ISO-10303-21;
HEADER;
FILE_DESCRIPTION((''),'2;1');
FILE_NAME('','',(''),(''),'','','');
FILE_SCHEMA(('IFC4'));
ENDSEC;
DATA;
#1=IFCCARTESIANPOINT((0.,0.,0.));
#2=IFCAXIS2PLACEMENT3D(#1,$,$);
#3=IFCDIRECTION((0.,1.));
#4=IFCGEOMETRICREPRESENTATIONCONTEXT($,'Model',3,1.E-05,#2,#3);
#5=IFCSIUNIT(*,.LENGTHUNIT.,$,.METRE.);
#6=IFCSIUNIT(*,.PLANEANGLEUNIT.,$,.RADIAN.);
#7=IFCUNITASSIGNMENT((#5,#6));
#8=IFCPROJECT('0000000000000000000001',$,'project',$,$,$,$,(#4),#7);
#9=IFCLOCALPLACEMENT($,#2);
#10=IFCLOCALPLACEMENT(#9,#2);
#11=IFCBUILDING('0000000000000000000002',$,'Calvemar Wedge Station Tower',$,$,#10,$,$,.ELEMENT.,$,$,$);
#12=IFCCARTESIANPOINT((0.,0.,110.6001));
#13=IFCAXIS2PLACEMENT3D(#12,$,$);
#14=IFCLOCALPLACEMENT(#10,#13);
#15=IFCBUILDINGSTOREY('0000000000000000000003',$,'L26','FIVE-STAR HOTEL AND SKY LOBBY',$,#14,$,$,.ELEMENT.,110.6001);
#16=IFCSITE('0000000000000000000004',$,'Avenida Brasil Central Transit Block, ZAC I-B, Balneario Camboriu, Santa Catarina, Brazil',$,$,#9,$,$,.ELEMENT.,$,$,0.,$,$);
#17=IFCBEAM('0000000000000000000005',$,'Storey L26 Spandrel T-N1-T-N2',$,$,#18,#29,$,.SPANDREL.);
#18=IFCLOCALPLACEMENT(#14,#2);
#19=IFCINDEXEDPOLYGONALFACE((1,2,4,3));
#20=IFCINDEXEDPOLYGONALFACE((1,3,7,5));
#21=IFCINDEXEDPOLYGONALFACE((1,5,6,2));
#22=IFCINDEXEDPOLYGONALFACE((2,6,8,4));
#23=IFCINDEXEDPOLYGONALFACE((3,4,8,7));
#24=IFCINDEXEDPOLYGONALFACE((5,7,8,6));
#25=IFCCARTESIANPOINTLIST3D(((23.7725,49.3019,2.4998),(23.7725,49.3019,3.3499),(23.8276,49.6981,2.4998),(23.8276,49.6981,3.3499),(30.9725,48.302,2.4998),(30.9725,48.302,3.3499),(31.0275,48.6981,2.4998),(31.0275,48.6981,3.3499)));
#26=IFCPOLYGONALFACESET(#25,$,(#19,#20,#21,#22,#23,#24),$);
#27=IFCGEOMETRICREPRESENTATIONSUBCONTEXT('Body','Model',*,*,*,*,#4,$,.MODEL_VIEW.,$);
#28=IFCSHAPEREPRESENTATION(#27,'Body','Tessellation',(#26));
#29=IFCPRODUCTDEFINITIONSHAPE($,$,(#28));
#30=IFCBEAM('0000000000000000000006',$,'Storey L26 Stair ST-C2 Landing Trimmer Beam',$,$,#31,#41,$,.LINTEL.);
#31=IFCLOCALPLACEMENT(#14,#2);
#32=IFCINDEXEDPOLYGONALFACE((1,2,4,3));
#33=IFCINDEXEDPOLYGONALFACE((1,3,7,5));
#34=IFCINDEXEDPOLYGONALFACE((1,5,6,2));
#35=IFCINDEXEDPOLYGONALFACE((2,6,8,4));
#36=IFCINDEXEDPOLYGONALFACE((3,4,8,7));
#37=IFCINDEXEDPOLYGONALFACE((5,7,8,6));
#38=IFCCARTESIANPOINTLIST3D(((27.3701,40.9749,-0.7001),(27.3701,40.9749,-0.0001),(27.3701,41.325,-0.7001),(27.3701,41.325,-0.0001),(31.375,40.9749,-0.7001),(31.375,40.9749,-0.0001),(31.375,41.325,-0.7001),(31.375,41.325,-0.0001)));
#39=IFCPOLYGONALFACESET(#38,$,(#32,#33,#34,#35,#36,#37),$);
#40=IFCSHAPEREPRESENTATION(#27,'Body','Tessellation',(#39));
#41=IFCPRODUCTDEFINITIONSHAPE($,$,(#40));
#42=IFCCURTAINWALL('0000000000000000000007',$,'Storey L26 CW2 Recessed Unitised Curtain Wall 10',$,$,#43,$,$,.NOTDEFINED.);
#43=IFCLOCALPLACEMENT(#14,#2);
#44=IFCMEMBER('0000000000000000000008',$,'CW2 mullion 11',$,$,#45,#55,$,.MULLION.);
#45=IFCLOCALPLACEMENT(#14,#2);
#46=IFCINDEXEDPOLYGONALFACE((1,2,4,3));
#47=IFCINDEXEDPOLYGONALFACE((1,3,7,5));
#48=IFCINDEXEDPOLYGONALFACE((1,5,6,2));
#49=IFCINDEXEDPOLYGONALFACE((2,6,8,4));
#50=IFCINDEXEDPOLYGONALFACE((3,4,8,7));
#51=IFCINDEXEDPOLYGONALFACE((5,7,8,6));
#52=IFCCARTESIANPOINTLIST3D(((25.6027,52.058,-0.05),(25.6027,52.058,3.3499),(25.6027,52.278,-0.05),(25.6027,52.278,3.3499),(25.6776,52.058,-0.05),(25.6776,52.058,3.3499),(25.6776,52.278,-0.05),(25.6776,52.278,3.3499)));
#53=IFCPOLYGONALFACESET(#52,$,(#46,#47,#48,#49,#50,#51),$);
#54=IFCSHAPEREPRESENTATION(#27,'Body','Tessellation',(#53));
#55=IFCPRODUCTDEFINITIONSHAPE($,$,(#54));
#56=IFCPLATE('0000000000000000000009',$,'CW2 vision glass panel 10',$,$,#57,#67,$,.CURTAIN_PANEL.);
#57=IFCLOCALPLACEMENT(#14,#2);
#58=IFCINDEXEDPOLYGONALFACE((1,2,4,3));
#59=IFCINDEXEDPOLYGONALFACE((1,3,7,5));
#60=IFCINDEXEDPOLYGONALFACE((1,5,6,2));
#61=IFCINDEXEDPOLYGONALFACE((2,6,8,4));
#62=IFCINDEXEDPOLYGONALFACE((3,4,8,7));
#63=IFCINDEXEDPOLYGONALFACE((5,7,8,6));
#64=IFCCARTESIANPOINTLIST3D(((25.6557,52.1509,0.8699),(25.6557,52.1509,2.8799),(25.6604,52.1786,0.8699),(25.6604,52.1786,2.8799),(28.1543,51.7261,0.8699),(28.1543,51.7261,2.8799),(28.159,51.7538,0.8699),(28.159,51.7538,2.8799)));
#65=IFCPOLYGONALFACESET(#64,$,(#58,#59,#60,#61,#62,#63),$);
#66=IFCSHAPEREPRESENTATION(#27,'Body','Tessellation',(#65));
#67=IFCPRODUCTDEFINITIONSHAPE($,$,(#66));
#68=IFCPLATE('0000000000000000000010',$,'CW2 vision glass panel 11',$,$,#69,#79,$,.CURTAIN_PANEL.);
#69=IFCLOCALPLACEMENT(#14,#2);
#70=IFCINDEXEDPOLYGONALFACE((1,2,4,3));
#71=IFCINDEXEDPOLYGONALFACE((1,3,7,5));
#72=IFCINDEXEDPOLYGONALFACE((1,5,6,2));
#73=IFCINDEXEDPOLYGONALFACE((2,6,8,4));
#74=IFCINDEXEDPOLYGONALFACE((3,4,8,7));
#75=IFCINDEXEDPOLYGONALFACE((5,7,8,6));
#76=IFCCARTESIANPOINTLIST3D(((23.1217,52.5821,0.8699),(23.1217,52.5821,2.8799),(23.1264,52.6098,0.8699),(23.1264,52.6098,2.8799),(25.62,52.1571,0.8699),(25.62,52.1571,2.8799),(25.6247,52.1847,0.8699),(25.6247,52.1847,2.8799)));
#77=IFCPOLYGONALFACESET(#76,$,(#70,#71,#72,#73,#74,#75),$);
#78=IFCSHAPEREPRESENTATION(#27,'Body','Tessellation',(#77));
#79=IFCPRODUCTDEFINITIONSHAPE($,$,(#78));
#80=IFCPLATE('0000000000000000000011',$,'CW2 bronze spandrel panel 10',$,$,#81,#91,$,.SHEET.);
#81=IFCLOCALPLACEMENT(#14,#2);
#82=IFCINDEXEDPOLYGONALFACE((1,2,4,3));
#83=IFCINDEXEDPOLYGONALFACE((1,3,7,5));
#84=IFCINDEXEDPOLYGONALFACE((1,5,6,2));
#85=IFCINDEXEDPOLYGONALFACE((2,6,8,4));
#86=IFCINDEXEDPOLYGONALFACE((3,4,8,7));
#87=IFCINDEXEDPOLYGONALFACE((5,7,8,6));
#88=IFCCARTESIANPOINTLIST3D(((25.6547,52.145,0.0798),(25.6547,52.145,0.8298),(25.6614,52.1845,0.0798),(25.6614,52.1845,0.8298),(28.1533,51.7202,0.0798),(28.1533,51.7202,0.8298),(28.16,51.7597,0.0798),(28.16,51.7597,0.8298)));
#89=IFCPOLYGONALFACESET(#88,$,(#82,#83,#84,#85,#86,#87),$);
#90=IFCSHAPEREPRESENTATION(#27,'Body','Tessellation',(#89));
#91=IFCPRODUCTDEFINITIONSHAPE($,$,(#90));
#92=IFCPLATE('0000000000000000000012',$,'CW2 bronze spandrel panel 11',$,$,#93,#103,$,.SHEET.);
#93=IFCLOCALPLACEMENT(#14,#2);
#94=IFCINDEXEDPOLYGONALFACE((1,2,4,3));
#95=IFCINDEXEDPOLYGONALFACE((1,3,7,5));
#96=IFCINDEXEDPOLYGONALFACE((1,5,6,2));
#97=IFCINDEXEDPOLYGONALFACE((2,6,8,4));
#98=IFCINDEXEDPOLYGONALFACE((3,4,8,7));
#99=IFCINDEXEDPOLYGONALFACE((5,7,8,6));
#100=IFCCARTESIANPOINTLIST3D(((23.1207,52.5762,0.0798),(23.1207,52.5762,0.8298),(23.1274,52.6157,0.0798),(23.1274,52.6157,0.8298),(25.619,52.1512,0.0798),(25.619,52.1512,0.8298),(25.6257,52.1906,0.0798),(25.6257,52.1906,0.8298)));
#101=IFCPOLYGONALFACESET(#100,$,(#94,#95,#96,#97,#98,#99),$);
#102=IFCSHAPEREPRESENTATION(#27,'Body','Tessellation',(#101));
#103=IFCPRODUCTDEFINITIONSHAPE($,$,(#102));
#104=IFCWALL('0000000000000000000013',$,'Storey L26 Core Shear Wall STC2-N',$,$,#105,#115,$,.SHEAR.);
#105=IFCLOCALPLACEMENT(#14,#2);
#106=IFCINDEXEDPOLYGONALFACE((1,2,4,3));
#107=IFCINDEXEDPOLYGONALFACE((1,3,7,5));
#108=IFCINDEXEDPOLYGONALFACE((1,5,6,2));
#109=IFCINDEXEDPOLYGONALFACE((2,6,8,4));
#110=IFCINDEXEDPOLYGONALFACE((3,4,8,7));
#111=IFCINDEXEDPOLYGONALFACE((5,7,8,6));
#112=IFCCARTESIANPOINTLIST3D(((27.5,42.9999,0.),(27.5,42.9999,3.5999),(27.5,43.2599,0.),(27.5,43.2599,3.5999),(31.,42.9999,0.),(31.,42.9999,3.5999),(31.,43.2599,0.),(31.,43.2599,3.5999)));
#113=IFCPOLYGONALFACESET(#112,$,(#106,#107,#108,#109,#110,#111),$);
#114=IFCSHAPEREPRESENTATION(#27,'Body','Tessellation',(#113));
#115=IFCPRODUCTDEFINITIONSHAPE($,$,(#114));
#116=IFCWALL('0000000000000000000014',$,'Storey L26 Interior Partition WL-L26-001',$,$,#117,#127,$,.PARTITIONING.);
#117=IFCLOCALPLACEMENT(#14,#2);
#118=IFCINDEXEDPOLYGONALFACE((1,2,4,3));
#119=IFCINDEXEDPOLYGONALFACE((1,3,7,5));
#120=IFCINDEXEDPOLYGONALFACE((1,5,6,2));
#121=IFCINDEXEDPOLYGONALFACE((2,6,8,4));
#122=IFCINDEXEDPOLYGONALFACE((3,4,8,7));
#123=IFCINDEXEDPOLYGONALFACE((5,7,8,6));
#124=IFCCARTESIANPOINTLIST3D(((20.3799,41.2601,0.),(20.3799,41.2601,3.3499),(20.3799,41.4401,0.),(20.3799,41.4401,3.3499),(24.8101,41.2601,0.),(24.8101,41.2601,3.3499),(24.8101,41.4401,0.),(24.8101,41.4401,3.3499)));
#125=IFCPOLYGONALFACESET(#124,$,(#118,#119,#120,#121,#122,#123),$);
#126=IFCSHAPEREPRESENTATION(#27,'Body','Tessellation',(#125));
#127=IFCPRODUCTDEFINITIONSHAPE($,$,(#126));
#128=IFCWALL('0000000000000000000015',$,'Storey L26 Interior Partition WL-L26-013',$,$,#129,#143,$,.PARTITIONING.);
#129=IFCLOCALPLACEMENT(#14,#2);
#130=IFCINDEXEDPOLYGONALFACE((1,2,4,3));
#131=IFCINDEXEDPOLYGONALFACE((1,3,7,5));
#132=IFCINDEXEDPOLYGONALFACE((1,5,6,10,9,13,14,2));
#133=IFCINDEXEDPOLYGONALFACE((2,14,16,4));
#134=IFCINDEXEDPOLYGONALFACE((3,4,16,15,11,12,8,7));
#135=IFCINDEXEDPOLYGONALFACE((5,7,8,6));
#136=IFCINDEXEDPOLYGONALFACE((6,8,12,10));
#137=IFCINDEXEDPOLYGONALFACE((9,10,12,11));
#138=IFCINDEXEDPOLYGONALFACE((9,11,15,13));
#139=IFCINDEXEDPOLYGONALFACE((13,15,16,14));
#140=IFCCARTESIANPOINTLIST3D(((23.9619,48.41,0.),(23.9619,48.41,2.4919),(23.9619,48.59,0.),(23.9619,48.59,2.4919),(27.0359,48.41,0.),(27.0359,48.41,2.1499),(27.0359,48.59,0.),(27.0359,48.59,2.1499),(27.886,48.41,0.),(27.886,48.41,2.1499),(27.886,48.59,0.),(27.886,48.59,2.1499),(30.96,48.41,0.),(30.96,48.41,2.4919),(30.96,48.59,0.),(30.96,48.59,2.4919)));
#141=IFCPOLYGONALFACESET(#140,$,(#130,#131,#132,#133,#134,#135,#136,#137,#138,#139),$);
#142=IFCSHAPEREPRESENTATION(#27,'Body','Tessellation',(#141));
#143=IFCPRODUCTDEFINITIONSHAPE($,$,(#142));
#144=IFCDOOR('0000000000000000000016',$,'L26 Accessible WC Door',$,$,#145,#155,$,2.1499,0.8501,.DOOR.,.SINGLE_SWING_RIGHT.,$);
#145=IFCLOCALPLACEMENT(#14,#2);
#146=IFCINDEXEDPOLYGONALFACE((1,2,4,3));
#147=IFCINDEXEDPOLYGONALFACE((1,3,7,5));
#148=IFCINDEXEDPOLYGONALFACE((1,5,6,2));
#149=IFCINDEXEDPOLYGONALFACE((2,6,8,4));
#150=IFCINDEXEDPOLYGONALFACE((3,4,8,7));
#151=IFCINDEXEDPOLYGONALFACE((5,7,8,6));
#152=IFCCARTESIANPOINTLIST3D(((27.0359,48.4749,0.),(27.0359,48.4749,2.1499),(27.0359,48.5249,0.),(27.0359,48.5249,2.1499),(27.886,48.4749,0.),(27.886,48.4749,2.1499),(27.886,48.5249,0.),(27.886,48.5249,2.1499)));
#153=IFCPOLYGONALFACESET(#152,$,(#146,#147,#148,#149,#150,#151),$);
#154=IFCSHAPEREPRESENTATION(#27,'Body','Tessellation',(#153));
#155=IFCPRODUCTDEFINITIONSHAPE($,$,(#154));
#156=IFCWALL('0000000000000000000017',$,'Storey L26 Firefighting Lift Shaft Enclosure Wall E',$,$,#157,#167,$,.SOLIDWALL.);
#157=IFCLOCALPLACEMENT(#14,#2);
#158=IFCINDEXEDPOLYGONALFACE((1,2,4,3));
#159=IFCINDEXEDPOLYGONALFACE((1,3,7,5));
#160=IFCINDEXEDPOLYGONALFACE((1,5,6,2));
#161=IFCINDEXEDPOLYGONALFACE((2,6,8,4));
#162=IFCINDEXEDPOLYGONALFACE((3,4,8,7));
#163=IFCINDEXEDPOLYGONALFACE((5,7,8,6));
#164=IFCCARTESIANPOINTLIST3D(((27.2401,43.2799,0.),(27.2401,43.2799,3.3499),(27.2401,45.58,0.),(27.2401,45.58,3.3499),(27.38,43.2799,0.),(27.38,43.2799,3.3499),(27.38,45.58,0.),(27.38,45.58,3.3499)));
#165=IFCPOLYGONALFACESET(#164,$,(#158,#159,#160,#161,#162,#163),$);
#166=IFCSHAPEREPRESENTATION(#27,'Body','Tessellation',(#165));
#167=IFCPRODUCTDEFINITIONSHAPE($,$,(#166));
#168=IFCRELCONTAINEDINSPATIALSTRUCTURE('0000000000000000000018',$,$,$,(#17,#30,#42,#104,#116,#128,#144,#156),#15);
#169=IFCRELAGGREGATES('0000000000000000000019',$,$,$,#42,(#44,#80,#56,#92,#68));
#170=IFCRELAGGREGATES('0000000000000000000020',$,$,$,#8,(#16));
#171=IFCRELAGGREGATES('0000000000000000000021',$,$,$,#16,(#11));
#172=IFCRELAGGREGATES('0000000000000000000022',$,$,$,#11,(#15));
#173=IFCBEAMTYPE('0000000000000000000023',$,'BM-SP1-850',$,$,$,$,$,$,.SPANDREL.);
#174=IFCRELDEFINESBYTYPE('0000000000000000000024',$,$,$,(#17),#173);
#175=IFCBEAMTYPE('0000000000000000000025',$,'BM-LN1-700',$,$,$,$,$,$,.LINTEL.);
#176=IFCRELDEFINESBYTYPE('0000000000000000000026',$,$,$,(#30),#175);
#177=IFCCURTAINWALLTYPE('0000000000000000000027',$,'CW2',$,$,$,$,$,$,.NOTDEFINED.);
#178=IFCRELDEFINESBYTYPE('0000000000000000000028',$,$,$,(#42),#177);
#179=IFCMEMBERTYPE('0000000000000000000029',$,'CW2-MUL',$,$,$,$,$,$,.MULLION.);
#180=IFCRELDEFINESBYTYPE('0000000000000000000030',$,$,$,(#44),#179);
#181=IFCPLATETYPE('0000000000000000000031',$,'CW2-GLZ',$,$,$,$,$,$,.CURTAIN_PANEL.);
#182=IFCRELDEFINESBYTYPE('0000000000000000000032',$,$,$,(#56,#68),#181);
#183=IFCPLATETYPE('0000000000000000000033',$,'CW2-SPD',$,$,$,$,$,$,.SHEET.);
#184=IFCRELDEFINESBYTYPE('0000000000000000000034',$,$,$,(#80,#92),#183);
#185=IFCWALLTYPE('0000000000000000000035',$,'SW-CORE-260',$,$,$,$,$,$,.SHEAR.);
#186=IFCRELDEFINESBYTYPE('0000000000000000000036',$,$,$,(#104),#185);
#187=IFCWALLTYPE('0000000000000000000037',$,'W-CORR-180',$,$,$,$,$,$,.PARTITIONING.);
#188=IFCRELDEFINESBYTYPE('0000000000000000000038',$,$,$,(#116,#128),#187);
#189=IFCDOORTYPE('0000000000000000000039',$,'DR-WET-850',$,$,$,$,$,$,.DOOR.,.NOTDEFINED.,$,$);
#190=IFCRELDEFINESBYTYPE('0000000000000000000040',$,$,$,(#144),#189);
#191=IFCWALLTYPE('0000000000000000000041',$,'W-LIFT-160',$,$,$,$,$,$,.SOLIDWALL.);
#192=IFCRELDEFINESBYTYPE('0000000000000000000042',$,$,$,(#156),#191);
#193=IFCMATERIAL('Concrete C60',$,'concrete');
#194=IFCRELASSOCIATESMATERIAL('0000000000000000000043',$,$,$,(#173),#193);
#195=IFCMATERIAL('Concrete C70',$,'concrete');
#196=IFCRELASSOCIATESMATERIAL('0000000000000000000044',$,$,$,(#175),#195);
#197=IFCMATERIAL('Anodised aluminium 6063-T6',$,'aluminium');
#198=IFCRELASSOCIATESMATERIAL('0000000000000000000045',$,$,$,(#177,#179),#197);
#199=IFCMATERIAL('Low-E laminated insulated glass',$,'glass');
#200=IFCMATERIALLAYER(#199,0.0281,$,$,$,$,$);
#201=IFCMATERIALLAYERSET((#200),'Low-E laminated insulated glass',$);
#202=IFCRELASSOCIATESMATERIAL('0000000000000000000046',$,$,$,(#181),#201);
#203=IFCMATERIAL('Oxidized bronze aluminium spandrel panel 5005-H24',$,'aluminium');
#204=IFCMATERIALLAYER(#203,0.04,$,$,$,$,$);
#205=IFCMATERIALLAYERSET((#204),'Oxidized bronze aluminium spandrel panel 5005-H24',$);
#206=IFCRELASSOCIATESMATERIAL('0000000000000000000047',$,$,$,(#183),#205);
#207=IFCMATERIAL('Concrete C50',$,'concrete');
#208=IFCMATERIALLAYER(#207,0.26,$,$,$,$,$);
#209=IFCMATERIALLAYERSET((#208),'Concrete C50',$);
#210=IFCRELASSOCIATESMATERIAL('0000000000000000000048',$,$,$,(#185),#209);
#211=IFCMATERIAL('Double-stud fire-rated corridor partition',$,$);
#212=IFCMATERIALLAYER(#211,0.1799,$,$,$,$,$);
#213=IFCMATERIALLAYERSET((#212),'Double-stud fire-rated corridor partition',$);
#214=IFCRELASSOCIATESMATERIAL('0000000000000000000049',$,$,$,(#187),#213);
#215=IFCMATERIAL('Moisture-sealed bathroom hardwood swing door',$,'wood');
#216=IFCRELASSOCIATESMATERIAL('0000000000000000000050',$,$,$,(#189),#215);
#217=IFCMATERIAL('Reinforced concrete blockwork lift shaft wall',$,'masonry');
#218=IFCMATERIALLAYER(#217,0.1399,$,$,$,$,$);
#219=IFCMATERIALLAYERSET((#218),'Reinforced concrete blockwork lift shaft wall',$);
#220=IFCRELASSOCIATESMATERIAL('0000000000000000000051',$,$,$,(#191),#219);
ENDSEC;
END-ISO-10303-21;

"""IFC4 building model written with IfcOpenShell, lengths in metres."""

from ifc_helpers import new_model, si_unit, direction, frame, frame_2d, origin, origin_2d, place, context, subcontext, project, spatial, rectangle, extrude, source, transform, mapped, material, layer, layer_set, material_profile, profile_set, type_object, element, fill, aggregate, save


model = new_model("IFC4")

# Units and contexts
model_context = context("Model", 3, precision=1e-05, world=origin(), true_north=direction((0.0, 1.0)))
body_context = subcontext(model_context, "Body", "Model", "MODEL_VIEW")
ifc_project = project(units=[si_unit("LENGTHUNIT", "METRE"), si_unit("PLANEANGLEUNIT", "RADIAN")], contexts=[model_context])

# Site, building, storey
site_placement = place(None, origin())
site = spatial("IfcSite", under=ifc_project, at=site_placement, Name="Avenida Brasil Central Transit Block, ZAC I-B, Balneario Camboriu, Santa Catarina, Brazil", CompositionType="ELEMENT", RefElevation=0.0)
building_placement = place(site_placement, origin())
building = spatial("IfcBuilding", under=site, at=building_placement, Name="Calvemar Wedge Station Tower", CompositionType="ELEMENT")
storey_placement = place(building_placement, frame((0.0, 0.0, 110.6001)))
storey = spatial("IfcBuildingStorey", under=building, at=storey_placement, Name="L26", Description="FIVE-STAR HOTEL AND SKY LOBBY", CompositionType="ELEMENT", Elevation=110.6001)

# Beams
ifc_material_1 = material(Name="Concrete C60", Category="concrete")
ifc_material_profile_1 = material_profile(ifc_material_1, rectangle(XDim=0.3999, YDim=0.8501, at=origin_2d()), Name="RC400x850")
ifc_profile_set_1 = profile_set([ifc_material_profile_1], Name="Concrete C60")
beam_type_1 = type_object("IfcBeamType", Name="BM-SP1-850", PredefinedType="SPANDREL", material=ifc_profile_set_1)
shared_shape_1 = source(origin(), body_context, "Body", "SweptSolid", [
    extrude(rectangle(XDim=0.3999, YDim=0.8501, at=origin_2d()), origin(), (0.0, 0.0, 1.0), 7.269),
])
beam_1_placement = place(storey_placement, frame((23.8, 49.5, 2.9248), z_axis=(0.990492, -0.137569, 0.0), x_axis=(0.137569, 0.990492, 0.0)))
element("IfcBeam", 1, at=beam_1_placement, inside=storey, type_object=beam_type_1, Name="Storey L26 Spandrel T-N1-T-N2", PredefinedType="SPANDREL", context=body_context, shape_type="MappedRepresentation", body=[
    mapped(shared_shape_1, transform((0.0, 0.0, 0.0), scale=1.0)),
])
ifc_material_2 = material(Name="Concrete C70", Category="concrete")
ifc_material_profile_2 = material_profile(ifc_material_2, rectangle(XDim=0.3501, YDim=0.7, at=origin_2d()), Name="RC350x700")
ifc_profile_set_2 = profile_set([ifc_material_profile_2], Name="Concrete C70")
beam_type_2 = type_object("IfcBeamType", Name="BM-LN1-700", PredefinedType="LINTEL", material=ifc_profile_set_2)
shared_shape_2 = source(origin(), body_context, "Body", "SweptSolid", [
    extrude(rectangle(XDim=0.3501, YDim=0.7, at=origin_2d()), origin(), (0.0, 0.0, 1.0), 4.0049),
])
beam_2_placement = place(storey_placement, frame((27.3701, 41.1499, -0.3501), z_axis=(1.0, 0.0, 0.0), x_axis=(0.0, 1.0, 0.0)))
element("IfcBeam", 2, at=beam_2_placement, inside=storey, type_object=beam_type_2, Name="Storey L26 Stair ST-C2 Landing Trimmer Beam", PredefinedType="LINTEL", context=body_context, shape_type="MappedRepresentation", body=[
    mapped(shared_shape_2, transform((0.0, 0.0, 0.0), scale=1.0)),
])

# Curtain wall, member, plates
ifc_material_3 = material(Name="Anodised aluminium 6063-T6", Category="aluminium")
curtain_wall_type = type_object("IfcCurtainWallType", Name="CW2", PredefinedType="NOTDEFINED", material=ifc_material_3)
curtain_wall_placement = place(storey_placement, origin())
curtain_wall = element("IfcCurtainWall", 3, at=curtain_wall_placement, inside=storey, type_object=curtain_wall_type, Name="Storey L26 CW2 Recessed Unitised Curtain Wall 10", PredefinedType="NOTDEFINED")
ifc_material_profile_3 = material_profile(ifc_material_3, rectangle(XDim=0.075, YDim=0.22, at=origin_2d()), Name="AL-MUL-75x220")
ifc_profile_set_3 = profile_set([ifc_material_profile_3], Name="Anodised aluminium 6063-T6")
member_type = type_object("IfcMemberType", Name="CW2-MUL", PredefinedType="MULLION", material=ifc_profile_set_3)
shared_shape_3 = source(origin(), body_context, "Body", "SweptSolid", [
    extrude(rectangle(XDim=0.075, YDim=0.22, at=origin_2d()), origin(), (0.0, 0.0, 1.0), 3.3999),
])
member_placement = place(storey_placement, frame((25.6401, 52.168, -0.05), z_axis=(0.0, 0.0, 1.0), x_axis=(1.0, 0.0, 0.0)))
member = element("IfcMember", 4, at=member_placement, type_object=member_type, Name="CW2 mullion 11", PredefinedType="MULLION", context=body_context, shape_type="MappedRepresentation", body=[
    mapped(shared_shape_3, transform((0.0, 0.0, 0.0), scale=1.0)),
])
ifc_material_4 = material(Name="Low-E laminated insulated glass", Category="glass")
ifc_layer_1 = layer(ifc_material_4, 0.0281)
ifc_layer_set_1 = layer_set([ifc_layer_1], Name="Low-E laminated insulated glass")
plate_type_1 = type_object("IfcPlateType", Name="CW2-GLZ", PredefinedType="CURTAIN_PANEL", material=ifc_layer_set_1)
plate_1_placement = place(storey_placement, frame((28.1565, 51.74, 0.8699), z_axis=(0.0, 0.0, 1.0), x_axis=(-0.985852, 0.167616, 0.0)))
plate_1 = element("IfcPlate", 5, at=plate_1_placement, type_object=plate_type_1, Name="CW2 vision glass panel 10", PredefinedType="CURTAIN_PANEL", context=body_context, shape_type="SweptSolid", body=[
    extrude(rectangle(XDim=2.5344, YDim=0.0281, at=frame_2d((1.2671, 0.0))), origin(), (0.0, 0.0, 1.0), 2.01),
])
plate_2_placement = place(storey_placement, frame((25.6223, 52.1709, 0.8699), z_axis=(0.0, 0.0, 1.0), x_axis=(-0.985834, 0.167726, 0.0)))
plate_2 = element("IfcPlate", 6, at=plate_2_placement, type_object=plate_type_1, Name="CW2 vision glass panel 11", PredefinedType="CURTAIN_PANEL", context=body_context, shape_type="SweptSolid", body=[
    extrude(rectangle(XDim=2.5342, YDim=0.0281, at=frame_2d((1.2671, 0.0))), origin(), (0.0, 0.0, 1.0), 2.01),
])
ifc_material_5 = material(Name="Oxidized bronze aluminium spandrel panel 5005-H24", Category="aluminium")
ifc_layer_2 = layer(ifc_material_5, 0.04)
ifc_layer_set_2 = layer_set([ifc_layer_2], Name="Oxidized bronze aluminium spandrel panel 5005-H24")
plate_type_2 = type_object("IfcPlateType", Name="CW2-SPD", PredefinedType="SHEET", material=ifc_layer_set_2)
plate_3_placement = place(storey_placement, frame((28.1565, 51.74, 0.0798), z_axis=(0.0, 0.0, 1.0), x_axis=(-0.985852, 0.167616, 0.0)))
plate_3 = element("IfcPlate", 7, at=plate_3_placement, type_object=plate_type_2, Name="CW2 bronze spandrel panel 10", PredefinedType="SHEET", context=body_context, shape_type="SweptSolid", body=[
    extrude(rectangle(XDim=2.5344, YDim=0.04, at=frame_2d((1.2671, 0.0))), origin(), (0.0, 0.0, 1.0), 0.75),
])
plate_4_placement = place(storey_placement, frame((25.6223, 52.1709, 0.0798), z_axis=(0.0, 0.0, 1.0), x_axis=(-0.985834, 0.167726, 0.0)))
plate_4 = element("IfcPlate", 8, at=plate_4_placement, type_object=plate_type_2, Name="CW2 bronze spandrel panel 11", PredefinedType="SHEET", context=body_context, shape_type="SweptSolid", body=[
    extrude(rectangle(XDim=2.5342, YDim=0.04, at=frame_2d((1.2671, 0.0))), origin(), (0.0, 0.0, 1.0), 0.75),
])
aggregate(curtain_wall, [member, plate_3, plate_1, plate_4, plate_2])

# Walls
ifc_material_6 = material(Name="Concrete C50", Category="concrete")
ifc_layer_3 = layer(ifc_material_6, 0.26)
ifc_layer_set_3 = layer_set([ifc_layer_3], Name="Concrete C50")
wall_type_1 = type_object("IfcWallType", Name="SW-CORE-260", PredefinedType="SHEAR", material=ifc_layer_set_3)
wall_1_placement = place(storey_placement, frame((27.5, 43.1299, 0.0), z_axis=(0.0, 0.0, 1.0), x_axis=(1.0, 0.0, 0.0)))
element("IfcWall", 9, at=wall_1_placement, inside=storey, type_object=wall_type_1, Name="Storey L26 Core Shear Wall STC2-N", PredefinedType="SHEAR", context=body_context, shape_type="SweptSolid", body=[
    extrude(rectangle(XDim=3.5, YDim=0.26, at=frame_2d((1.75, 0.0))), origin(), (0.0, 0.0, 1.0), 3.5999),
])
ifc_material_7 = material(Name="Double-stud fire-rated corridor partition")
ifc_layer_4 = layer(ifc_material_7, 0.1799)
ifc_layer_set_4 = layer_set([ifc_layer_4], Name="Double-stud fire-rated corridor partition")
wall_type_2 = type_object("IfcWallType", Name="W-CORR-180", PredefinedType="PARTITIONING", material=ifc_layer_set_4)
wall_2_placement = place(storey_placement, frame((24.8101, 41.3501, 0.0), z_axis=(0.0, 0.0, 1.0), x_axis=(-1.0, 0.0, 0.0)))
element("IfcWall", 10, at=wall_2_placement, inside=storey, type_object=wall_type_2, Name="Storey L26 Interior Partition WL-L26-001", PredefinedType="PARTITIONING", context=body_context, shape_type="SweptSolid", body=[
    extrude(rectangle(XDim=4.4302, YDim=0.1799, at=frame_2d((2.2151, 0.0))), origin(), (0.0, 0.0, 1.0), 3.3499),
])

# Wall, opening, door
shared_shape_4 = source(origin(), body_context, "Body", "SweptSolid", [
    extrude(rectangle(XDim=0.8501, YDim=2.1499, at=frame_2d((0.425, 1.075))), frame((0.0, 0.1001, 0.0), z_axis=(0.0, -1.0, 0.0), x_axis=(1.0, 0.0, 0.0)), (0.0, 0.0, 1.0), 0.2),
])
wall_3_placement = place(storey_placement, frame((23.9619, 48.5, 0.0), z_axis=(0.0, 0.0, 1.0), x_axis=(1.0, 0.0, 0.0)))
wall_3 = element("IfcWall", 11, at=wall_3_placement, inside=storey, type_object=wall_type_2, Name="Storey L26 Interior Partition WL-L26-013", PredefinedType="PARTITIONING", context=body_context, shape_type="SweptSolid", body=[
    extrude(rectangle(XDim=6.998, YDim=0.1799, at=frame_2d((3.499, 0.0))), origin(), (0.0, 0.0, 1.0), 2.4919),
])
opening_1_placement = place(wall_3_placement, frame((3.074, 0.0, 0.0)))
opening_1 = element("IfcOpeningElement", 12, at=opening_1_placement, cuts=wall_3, PredefinedType="OPENING", context=body_context, shape_type="MappedRepresentation", body=[
    mapped(shared_shape_4, transform((0.0, 0.0, 0.0), scale=1.0)),
])
ifc_material_8 = material(Name="Moisture-sealed bathroom hardwood swing door", Category="wood")
door_type_1 = type_object("IfcDoorType", Name="DR-WET-850", OperationType="NOTDEFINED", PredefinedType="DOOR", material=ifc_material_8)
shared_shape_5 = source(origin(), body_context, "Body", "SweptSolid", [
    extrude(rectangle(XDim=0.8501, YDim=2.1499, at=frame_2d((0.425, 1.075))), frame((0.0, 0.0249, 0.0), z_axis=(0.0, -1.0, 0.0), x_axis=(1.0, 0.0, 0.0)), (0.0, 0.0, 1.0), 0.05),
])
door_1_placement = place(opening_1_placement, origin())
door_1 = element("IfcDoor", 13, at=door_1_placement, inside=storey, type_object=door_type_1, Name="L26 Accessible WC Door", OperationType="SINGLE_SWING_RIGHT", OverallHeight=2.1499, OverallWidth=0.8501, PredefinedType="DOOR", context=body_context, shape_type="MappedRepresentation", body=[
    mapped(shared_shape_5, transform((0.0, 0.0, 0.0), scale=1.0)),
])
fill(opening_1, door_1)

# Wall
ifc_material_9 = material(Name="Reinforced concrete blockwork lift shaft wall", Category="masonry")
ifc_layer_5 = layer(ifc_material_9, 0.1399)
ifc_layer_set_5 = layer_set([ifc_layer_5], Name="Reinforced concrete blockwork lift shaft wall")
wall_type_3 = type_object("IfcWallType", Name="W-LIFT-160", PredefinedType="SOLIDWALL", material=ifc_layer_set_5)
wall_4_placement = place(storey_placement, frame((27.3101, 43.28, 0.0), z_axis=(0.0, 0.0, 1.0), x_axis=(0.0, 1.0, 0.0)))
element("IfcWall", 14, at=wall_4_placement, inside=storey, type_object=wall_type_3, Name="Storey L26 Firefighting Lift Shaft Enclosure Wall E", PredefinedType="SOLIDWALL", context=body_context, shape_type="SweptSolid", body=[
    extrude(rectangle(XDim=2.3, YDim=0.1399, at=frame_2d((1.1499, 0.0))), origin(), (0.0, 0.0, 1.0), 3.3499),
])

save(model, "model.ifc")
